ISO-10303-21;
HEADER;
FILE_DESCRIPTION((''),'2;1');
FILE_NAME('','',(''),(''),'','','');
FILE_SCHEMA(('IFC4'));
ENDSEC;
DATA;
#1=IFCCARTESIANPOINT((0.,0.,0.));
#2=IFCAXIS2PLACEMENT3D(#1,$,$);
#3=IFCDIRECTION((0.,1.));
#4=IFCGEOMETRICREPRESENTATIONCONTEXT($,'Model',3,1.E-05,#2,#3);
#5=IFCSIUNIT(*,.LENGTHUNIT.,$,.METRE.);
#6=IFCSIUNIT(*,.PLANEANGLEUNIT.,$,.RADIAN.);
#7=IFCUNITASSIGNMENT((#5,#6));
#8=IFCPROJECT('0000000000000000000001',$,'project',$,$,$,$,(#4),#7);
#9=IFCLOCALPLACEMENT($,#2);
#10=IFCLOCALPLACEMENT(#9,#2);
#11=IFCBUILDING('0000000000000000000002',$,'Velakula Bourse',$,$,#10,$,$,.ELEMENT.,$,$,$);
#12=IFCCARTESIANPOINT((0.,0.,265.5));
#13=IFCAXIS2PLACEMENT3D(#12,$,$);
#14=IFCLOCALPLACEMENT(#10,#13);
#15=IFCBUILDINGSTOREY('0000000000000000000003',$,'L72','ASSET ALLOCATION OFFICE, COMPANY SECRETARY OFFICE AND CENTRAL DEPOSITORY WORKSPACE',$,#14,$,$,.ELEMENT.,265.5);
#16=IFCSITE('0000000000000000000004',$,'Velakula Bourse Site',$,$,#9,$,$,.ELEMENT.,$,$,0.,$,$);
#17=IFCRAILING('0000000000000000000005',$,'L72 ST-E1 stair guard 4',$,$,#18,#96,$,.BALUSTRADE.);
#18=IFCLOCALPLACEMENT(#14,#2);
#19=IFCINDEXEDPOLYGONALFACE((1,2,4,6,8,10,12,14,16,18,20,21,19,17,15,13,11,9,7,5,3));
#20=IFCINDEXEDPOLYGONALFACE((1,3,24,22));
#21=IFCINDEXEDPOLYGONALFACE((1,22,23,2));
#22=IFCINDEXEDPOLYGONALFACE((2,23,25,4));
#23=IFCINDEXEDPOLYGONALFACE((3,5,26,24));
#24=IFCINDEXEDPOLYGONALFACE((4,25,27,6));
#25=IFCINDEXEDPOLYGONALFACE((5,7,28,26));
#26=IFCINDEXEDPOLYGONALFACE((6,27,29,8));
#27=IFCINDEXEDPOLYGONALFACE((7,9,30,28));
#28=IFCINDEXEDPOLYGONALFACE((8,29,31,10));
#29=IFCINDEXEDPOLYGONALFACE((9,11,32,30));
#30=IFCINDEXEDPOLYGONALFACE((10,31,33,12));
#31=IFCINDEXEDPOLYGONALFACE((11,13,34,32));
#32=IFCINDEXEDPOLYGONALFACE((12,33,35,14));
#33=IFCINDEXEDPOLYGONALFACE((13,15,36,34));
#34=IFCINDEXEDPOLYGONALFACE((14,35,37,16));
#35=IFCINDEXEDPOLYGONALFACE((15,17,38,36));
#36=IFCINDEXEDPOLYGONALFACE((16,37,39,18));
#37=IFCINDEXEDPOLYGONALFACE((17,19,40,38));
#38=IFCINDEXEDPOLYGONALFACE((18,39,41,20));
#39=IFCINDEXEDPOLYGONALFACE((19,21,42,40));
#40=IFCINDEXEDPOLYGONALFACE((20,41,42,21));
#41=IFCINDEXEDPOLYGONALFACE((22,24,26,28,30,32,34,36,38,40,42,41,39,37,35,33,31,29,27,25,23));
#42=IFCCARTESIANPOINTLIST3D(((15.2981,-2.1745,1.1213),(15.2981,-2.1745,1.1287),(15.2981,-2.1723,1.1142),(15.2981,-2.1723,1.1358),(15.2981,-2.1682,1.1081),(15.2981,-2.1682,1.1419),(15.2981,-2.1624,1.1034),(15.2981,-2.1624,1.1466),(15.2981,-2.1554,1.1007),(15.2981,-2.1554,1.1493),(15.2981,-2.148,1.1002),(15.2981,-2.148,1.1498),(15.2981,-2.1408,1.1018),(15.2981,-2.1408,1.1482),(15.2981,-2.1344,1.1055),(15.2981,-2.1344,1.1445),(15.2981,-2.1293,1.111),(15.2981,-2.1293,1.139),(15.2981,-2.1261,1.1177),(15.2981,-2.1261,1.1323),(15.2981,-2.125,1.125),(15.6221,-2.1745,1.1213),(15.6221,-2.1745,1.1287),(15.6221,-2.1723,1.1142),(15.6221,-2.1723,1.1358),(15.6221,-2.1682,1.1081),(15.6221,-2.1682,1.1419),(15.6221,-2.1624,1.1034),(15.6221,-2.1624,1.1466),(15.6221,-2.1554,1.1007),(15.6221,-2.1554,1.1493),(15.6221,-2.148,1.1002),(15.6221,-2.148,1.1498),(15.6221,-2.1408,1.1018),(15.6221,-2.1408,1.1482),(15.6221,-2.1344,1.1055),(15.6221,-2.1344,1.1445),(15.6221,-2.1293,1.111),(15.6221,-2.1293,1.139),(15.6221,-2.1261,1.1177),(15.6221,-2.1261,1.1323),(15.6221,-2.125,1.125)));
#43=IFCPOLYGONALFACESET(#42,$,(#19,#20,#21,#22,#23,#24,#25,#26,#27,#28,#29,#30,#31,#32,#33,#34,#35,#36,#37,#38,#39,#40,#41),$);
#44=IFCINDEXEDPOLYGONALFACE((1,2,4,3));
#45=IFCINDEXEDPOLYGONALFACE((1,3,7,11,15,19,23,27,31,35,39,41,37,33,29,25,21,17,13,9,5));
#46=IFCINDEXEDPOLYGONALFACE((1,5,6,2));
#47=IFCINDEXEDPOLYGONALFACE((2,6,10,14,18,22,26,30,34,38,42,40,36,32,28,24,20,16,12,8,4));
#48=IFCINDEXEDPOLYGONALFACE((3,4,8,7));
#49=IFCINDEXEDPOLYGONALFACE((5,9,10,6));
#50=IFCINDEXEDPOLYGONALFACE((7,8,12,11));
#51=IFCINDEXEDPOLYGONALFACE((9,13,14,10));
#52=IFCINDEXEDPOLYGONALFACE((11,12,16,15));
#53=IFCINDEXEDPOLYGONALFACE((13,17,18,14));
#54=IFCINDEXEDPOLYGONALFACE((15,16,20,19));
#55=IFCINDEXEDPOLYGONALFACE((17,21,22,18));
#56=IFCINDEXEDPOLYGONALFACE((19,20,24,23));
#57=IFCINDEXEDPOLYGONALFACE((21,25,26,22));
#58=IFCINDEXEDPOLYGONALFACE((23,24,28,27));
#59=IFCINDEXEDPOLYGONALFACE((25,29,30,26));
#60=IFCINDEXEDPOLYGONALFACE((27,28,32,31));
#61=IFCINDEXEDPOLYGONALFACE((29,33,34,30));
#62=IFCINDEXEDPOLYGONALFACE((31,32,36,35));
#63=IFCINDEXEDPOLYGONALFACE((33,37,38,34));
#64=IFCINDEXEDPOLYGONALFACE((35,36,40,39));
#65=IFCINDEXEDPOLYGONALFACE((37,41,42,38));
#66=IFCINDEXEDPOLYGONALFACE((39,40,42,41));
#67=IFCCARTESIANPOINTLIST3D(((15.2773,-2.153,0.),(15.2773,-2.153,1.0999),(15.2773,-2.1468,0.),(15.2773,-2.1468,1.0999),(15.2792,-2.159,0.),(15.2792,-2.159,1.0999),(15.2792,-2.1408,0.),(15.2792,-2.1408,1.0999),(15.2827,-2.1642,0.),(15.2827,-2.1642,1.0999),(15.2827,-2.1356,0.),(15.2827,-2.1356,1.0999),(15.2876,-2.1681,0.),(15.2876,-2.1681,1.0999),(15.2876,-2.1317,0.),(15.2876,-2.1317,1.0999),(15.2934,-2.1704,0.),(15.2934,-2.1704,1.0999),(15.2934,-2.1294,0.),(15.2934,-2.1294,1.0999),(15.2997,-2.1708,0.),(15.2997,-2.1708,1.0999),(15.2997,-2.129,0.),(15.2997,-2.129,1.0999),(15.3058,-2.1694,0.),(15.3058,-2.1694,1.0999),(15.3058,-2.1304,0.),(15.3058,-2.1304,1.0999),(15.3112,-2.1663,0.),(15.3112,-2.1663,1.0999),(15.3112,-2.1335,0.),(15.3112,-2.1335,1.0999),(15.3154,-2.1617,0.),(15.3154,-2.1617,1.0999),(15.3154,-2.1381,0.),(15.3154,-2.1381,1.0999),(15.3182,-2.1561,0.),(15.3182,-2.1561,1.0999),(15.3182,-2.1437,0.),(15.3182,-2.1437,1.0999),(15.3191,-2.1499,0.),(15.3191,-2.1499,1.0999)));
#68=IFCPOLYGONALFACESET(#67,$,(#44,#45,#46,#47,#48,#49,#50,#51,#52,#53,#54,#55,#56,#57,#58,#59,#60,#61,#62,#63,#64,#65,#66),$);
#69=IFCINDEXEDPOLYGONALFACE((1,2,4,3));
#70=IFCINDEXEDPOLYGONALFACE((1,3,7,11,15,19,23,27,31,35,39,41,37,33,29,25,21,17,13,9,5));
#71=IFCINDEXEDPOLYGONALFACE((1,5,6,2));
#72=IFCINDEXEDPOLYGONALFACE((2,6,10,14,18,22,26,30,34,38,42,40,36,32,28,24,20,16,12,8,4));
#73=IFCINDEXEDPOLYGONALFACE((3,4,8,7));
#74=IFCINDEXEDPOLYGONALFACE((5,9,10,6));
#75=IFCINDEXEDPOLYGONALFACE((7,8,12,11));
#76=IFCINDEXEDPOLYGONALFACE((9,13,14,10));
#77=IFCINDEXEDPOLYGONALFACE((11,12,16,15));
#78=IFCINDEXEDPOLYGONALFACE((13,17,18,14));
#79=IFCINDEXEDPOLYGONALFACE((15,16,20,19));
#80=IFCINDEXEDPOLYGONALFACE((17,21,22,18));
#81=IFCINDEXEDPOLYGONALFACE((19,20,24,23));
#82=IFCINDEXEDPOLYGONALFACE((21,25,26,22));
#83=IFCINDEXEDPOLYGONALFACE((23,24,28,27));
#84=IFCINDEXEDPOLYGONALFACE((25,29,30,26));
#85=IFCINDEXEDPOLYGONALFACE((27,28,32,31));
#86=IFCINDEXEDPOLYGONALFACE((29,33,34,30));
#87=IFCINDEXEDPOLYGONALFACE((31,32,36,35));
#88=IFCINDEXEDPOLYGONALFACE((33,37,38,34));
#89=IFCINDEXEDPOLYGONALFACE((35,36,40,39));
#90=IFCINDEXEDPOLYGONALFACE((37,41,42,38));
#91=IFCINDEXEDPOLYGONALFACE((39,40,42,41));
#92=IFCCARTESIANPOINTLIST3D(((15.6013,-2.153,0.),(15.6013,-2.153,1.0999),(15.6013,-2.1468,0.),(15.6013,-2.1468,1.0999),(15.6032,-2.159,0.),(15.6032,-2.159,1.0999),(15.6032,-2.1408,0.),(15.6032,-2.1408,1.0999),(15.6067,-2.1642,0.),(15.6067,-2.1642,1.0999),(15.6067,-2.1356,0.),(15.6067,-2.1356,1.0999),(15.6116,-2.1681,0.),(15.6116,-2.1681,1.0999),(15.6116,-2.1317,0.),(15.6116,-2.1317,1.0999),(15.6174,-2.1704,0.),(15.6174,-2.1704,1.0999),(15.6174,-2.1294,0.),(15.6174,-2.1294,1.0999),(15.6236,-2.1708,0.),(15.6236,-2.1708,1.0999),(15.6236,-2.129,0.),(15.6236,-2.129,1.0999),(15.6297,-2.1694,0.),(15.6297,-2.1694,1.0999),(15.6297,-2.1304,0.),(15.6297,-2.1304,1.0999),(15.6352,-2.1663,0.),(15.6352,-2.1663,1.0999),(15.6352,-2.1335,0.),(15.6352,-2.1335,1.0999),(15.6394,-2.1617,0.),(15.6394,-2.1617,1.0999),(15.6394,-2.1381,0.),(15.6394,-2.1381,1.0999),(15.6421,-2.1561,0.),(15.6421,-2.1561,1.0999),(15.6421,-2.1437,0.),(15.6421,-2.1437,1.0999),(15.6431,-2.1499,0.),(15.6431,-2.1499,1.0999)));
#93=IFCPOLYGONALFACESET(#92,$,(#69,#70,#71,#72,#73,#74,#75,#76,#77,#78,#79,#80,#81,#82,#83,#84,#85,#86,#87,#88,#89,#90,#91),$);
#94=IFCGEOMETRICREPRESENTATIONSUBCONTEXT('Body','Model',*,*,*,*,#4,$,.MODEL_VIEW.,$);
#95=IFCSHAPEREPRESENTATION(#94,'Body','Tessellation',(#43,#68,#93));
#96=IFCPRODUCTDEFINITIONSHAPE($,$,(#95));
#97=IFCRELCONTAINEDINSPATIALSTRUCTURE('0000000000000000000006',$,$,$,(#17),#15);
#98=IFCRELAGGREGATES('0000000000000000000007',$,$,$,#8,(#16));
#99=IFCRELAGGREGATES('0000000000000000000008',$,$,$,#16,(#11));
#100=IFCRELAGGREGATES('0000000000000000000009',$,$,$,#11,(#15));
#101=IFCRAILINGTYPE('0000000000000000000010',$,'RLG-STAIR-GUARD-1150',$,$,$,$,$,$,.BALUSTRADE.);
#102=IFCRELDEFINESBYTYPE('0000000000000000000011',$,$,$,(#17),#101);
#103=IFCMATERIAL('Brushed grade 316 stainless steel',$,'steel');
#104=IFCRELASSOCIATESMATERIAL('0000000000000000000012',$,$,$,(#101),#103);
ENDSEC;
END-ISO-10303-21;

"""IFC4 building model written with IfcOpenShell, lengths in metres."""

from ifc_helpers import new_model, si_unit, direction, frame, origin, origin_2d, place, context, subcontext, project, spatial, circle, extrude, material, type_object, element, save


model = new_model("IFC4")

# Units and contexts
model_context = context("Model", 3, precision=1e-05, world=origin(), true_north=direction((0.0, 1.0)))
body_context = subcontext(model_context, "Body", "Model", "MODEL_VIEW")
ifc_project = project(units=[si_unit("LENGTHUNIT", "METRE"), si_unit("PLANEANGLEUNIT", "RADIAN")], contexts=[model_context])

# Site, building, storey
site_placement = place(None, origin())
site = spatial("IfcSite", under=ifc_project, at=site_placement, Name="Velakula Bourse Site", CompositionType="ELEMENT", RefElevation=0.0)
building_placement = place(site_placement, origin())
building = spatial("IfcBuilding", under=site, at=building_placement, Name="Velakula Bourse", CompositionType="ELEMENT")
storey_placement = place(building_placement, frame((0.0, 0.0, 265.5)))
storey = spatial("IfcBuildingStorey", under=building, at=storey_placement, Name="L72", Description="ASSET ALLOCATION OFFICE, COMPANY SECRETARY OFFICE AND CENTRAL DEPOSITORY WORKSPACE", CompositionType="ELEMENT", Elevation=265.5)

# Shared definitions
ifc_material_1 = material(Name="Brushed grade 316 stainless steel", Category="steel")

# Railing
railing_type_1 = type_object("IfcRailingType", Name="RLG-STAIR-GUARD-1150", PredefinedType="BALUSTRADE", material=ifc_material_1)
railing_1_placement = place(storey_placement, frame((15.2981, -2.1499, 0.0)))
element("IfcRailing", 1, at=railing_1_placement, inside=storey, type_object=railing_type_1, Name="L72 ST-E1 stair guard 4", PredefinedType="BALUSTRADE", context=body_context, shape_type="SweptSolid", body=[
    extrude(circle(Radius=0.0249, at=origin_2d()), frame((0.0, 0.0, 1.125), z_axis=(1.0, 0.0, 0.0), x_axis=(0.0, 1.0, 0.0)), (0.0, 0.0, 1.0), 0.324),
    extrude(circle(Radius=0.021, at=origin_2d()), origin(), (0.0, 0.0, 1.0), 1.0999),
    extrude(circle(Radius=0.021, at=origin_2d()), frame((0.324, 0.0, 0.0)), (0.0, 0.0, 1.0), 1.0999),
])

save(model, "model.ifc")
